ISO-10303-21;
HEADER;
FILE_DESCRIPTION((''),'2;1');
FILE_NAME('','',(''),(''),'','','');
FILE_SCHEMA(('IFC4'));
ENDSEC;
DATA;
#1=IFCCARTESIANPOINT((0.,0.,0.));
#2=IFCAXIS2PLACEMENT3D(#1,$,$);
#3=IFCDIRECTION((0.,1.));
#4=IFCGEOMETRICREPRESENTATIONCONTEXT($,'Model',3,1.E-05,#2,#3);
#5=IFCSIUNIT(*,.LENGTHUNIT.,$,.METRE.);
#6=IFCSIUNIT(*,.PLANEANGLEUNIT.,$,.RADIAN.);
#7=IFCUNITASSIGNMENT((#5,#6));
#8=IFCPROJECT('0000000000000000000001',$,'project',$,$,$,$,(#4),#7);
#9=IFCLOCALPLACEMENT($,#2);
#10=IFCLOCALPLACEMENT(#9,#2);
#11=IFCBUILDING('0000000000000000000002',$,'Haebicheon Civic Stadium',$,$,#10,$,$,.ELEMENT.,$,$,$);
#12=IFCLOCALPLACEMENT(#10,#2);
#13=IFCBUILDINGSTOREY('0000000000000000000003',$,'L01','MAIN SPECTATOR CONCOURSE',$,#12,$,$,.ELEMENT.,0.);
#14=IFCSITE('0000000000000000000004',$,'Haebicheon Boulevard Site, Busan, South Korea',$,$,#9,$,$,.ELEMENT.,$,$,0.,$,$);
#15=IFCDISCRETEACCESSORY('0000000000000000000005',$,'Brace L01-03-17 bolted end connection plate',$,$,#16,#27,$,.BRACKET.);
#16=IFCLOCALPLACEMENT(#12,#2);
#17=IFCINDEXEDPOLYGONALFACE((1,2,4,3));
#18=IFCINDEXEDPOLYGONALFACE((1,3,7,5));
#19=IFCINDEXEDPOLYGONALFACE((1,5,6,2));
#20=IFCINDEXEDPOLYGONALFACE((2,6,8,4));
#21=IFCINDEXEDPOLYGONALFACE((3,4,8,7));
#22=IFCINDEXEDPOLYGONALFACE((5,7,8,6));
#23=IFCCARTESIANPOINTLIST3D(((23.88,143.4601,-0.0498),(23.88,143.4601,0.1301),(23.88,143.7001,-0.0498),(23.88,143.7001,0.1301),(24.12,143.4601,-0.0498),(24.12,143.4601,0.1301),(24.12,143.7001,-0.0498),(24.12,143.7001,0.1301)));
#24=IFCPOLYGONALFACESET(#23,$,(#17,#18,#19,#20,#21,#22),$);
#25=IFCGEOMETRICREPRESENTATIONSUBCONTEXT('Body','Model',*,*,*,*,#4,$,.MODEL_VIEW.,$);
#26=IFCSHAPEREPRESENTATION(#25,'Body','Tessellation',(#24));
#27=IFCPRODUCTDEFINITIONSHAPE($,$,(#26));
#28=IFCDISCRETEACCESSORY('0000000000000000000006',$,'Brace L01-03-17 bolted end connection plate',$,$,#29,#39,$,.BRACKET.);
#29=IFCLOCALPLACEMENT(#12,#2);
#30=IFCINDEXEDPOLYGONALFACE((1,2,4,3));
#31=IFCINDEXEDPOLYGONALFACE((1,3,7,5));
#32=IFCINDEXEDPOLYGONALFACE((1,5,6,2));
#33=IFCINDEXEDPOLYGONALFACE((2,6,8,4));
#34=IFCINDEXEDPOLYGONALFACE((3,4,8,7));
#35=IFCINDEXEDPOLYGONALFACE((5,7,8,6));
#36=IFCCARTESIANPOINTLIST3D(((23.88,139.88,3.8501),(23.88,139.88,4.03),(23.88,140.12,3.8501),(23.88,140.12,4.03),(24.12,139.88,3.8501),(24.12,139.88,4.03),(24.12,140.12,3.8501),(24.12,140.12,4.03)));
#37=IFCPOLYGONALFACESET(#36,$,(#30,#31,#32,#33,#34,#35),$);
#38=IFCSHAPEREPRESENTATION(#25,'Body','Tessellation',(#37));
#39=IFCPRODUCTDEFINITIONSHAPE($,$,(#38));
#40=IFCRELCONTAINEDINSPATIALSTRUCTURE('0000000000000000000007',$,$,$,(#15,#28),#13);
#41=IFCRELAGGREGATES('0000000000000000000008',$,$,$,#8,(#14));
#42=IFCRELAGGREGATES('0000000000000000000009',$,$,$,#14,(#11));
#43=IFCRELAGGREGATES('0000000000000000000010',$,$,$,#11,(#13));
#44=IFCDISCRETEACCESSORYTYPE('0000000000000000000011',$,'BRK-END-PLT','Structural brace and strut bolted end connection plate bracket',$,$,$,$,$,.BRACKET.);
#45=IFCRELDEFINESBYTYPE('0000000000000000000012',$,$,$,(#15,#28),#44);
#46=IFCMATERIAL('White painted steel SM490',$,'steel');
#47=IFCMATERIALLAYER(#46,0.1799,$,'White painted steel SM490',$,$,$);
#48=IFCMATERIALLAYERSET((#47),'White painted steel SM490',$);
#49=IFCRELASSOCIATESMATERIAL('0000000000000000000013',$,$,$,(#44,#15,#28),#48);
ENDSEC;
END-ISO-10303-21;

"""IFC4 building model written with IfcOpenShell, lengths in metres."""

from ifc_helpers import new_model, si_unit, direction, frame, origin, origin_2d, place, context, subcontext, project, spatial, rectangle, extrude, material, layer, layer_set, type_object, element, save


model = new_model("IFC4")

# Units and contexts
model_context = context("Model", 3, precision=1e-05, world=origin(), true_north=direction((0.0, 1.0)))
body_context = subcontext(model_context, "Body", "Model", "MODEL_VIEW")
ifc_project = project(units=[si_unit("LENGTHUNIT", "METRE"), si_unit("PLANEANGLEUNIT", "RADIAN")], contexts=[model_context])

# Site, building, storey
site_placement = place(None, origin())
site = spatial("IfcSite", under=ifc_project, at=site_placement, Name="Haebicheon Boulevard Site, Busan, South Korea", CompositionType="ELEMENT", RefElevation=0.0)
building_placement = place(site_placement, origin())
building = spatial("IfcBuilding", under=site, at=building_placement, Name="Haebicheon Civic Stadium", CompositionType="ELEMENT")
storey_placement = place(building_placement, origin())
storey = spatial("IfcBuildingStorey", under=building, at=storey_placement, Name="L01", Description="MAIN SPECTATOR CONCOURSE", CompositionType="ELEMENT", Elevation=0.0)

# Discrete accessories
ifc_material_1 = material(Name="White painted steel SM490", Category="steel")
ifc_layer_1 = layer(ifc_material_1, 0.1799, Name="White painted steel SM490")
ifc_layer_set_1 = layer_set([ifc_layer_1], Name="White painted steel SM490")
discrete_accessory_type = type_object("IfcDiscreteAccessoryType", Name="BRK-END-PLT", Description="Structural brace and strut bolted end connection plate bracket", PredefinedType="BRACKET", material=ifc_layer_set_1)
for number, where, z_axis, x_axis, name in (
    (1, (24.0, 143.5801, -0.0498), (0.0, 0.0, 1.0), (1.0, 0.0, 0.0), "Brace L01-03-17 bolted end connection plate"),
    (2, (24.0, 140.0, 3.8501), (0.0, 0.0, 1.0), (1.0, 0.0, 0.0), "Brace L01-03-17 bolted end connection plate"),
):
    element("IfcDiscreteAccessory", number, at=place(storey_placement, frame(where, z_axis=z_axis, x_axis=x_axis)), inside=storey, type_object=discrete_accessory_type, material=ifc_layer_set_1, Name=name, PredefinedType="BRACKET", context=body_context, shape_type="SweptSolid", body=[
        extrude(rectangle(XDim=0.24, YDim=0.24, at=origin_2d()), origin(), (0.0, 0.0, 1.0), 0.1799),
    ])

save(model, "model.ifc")
